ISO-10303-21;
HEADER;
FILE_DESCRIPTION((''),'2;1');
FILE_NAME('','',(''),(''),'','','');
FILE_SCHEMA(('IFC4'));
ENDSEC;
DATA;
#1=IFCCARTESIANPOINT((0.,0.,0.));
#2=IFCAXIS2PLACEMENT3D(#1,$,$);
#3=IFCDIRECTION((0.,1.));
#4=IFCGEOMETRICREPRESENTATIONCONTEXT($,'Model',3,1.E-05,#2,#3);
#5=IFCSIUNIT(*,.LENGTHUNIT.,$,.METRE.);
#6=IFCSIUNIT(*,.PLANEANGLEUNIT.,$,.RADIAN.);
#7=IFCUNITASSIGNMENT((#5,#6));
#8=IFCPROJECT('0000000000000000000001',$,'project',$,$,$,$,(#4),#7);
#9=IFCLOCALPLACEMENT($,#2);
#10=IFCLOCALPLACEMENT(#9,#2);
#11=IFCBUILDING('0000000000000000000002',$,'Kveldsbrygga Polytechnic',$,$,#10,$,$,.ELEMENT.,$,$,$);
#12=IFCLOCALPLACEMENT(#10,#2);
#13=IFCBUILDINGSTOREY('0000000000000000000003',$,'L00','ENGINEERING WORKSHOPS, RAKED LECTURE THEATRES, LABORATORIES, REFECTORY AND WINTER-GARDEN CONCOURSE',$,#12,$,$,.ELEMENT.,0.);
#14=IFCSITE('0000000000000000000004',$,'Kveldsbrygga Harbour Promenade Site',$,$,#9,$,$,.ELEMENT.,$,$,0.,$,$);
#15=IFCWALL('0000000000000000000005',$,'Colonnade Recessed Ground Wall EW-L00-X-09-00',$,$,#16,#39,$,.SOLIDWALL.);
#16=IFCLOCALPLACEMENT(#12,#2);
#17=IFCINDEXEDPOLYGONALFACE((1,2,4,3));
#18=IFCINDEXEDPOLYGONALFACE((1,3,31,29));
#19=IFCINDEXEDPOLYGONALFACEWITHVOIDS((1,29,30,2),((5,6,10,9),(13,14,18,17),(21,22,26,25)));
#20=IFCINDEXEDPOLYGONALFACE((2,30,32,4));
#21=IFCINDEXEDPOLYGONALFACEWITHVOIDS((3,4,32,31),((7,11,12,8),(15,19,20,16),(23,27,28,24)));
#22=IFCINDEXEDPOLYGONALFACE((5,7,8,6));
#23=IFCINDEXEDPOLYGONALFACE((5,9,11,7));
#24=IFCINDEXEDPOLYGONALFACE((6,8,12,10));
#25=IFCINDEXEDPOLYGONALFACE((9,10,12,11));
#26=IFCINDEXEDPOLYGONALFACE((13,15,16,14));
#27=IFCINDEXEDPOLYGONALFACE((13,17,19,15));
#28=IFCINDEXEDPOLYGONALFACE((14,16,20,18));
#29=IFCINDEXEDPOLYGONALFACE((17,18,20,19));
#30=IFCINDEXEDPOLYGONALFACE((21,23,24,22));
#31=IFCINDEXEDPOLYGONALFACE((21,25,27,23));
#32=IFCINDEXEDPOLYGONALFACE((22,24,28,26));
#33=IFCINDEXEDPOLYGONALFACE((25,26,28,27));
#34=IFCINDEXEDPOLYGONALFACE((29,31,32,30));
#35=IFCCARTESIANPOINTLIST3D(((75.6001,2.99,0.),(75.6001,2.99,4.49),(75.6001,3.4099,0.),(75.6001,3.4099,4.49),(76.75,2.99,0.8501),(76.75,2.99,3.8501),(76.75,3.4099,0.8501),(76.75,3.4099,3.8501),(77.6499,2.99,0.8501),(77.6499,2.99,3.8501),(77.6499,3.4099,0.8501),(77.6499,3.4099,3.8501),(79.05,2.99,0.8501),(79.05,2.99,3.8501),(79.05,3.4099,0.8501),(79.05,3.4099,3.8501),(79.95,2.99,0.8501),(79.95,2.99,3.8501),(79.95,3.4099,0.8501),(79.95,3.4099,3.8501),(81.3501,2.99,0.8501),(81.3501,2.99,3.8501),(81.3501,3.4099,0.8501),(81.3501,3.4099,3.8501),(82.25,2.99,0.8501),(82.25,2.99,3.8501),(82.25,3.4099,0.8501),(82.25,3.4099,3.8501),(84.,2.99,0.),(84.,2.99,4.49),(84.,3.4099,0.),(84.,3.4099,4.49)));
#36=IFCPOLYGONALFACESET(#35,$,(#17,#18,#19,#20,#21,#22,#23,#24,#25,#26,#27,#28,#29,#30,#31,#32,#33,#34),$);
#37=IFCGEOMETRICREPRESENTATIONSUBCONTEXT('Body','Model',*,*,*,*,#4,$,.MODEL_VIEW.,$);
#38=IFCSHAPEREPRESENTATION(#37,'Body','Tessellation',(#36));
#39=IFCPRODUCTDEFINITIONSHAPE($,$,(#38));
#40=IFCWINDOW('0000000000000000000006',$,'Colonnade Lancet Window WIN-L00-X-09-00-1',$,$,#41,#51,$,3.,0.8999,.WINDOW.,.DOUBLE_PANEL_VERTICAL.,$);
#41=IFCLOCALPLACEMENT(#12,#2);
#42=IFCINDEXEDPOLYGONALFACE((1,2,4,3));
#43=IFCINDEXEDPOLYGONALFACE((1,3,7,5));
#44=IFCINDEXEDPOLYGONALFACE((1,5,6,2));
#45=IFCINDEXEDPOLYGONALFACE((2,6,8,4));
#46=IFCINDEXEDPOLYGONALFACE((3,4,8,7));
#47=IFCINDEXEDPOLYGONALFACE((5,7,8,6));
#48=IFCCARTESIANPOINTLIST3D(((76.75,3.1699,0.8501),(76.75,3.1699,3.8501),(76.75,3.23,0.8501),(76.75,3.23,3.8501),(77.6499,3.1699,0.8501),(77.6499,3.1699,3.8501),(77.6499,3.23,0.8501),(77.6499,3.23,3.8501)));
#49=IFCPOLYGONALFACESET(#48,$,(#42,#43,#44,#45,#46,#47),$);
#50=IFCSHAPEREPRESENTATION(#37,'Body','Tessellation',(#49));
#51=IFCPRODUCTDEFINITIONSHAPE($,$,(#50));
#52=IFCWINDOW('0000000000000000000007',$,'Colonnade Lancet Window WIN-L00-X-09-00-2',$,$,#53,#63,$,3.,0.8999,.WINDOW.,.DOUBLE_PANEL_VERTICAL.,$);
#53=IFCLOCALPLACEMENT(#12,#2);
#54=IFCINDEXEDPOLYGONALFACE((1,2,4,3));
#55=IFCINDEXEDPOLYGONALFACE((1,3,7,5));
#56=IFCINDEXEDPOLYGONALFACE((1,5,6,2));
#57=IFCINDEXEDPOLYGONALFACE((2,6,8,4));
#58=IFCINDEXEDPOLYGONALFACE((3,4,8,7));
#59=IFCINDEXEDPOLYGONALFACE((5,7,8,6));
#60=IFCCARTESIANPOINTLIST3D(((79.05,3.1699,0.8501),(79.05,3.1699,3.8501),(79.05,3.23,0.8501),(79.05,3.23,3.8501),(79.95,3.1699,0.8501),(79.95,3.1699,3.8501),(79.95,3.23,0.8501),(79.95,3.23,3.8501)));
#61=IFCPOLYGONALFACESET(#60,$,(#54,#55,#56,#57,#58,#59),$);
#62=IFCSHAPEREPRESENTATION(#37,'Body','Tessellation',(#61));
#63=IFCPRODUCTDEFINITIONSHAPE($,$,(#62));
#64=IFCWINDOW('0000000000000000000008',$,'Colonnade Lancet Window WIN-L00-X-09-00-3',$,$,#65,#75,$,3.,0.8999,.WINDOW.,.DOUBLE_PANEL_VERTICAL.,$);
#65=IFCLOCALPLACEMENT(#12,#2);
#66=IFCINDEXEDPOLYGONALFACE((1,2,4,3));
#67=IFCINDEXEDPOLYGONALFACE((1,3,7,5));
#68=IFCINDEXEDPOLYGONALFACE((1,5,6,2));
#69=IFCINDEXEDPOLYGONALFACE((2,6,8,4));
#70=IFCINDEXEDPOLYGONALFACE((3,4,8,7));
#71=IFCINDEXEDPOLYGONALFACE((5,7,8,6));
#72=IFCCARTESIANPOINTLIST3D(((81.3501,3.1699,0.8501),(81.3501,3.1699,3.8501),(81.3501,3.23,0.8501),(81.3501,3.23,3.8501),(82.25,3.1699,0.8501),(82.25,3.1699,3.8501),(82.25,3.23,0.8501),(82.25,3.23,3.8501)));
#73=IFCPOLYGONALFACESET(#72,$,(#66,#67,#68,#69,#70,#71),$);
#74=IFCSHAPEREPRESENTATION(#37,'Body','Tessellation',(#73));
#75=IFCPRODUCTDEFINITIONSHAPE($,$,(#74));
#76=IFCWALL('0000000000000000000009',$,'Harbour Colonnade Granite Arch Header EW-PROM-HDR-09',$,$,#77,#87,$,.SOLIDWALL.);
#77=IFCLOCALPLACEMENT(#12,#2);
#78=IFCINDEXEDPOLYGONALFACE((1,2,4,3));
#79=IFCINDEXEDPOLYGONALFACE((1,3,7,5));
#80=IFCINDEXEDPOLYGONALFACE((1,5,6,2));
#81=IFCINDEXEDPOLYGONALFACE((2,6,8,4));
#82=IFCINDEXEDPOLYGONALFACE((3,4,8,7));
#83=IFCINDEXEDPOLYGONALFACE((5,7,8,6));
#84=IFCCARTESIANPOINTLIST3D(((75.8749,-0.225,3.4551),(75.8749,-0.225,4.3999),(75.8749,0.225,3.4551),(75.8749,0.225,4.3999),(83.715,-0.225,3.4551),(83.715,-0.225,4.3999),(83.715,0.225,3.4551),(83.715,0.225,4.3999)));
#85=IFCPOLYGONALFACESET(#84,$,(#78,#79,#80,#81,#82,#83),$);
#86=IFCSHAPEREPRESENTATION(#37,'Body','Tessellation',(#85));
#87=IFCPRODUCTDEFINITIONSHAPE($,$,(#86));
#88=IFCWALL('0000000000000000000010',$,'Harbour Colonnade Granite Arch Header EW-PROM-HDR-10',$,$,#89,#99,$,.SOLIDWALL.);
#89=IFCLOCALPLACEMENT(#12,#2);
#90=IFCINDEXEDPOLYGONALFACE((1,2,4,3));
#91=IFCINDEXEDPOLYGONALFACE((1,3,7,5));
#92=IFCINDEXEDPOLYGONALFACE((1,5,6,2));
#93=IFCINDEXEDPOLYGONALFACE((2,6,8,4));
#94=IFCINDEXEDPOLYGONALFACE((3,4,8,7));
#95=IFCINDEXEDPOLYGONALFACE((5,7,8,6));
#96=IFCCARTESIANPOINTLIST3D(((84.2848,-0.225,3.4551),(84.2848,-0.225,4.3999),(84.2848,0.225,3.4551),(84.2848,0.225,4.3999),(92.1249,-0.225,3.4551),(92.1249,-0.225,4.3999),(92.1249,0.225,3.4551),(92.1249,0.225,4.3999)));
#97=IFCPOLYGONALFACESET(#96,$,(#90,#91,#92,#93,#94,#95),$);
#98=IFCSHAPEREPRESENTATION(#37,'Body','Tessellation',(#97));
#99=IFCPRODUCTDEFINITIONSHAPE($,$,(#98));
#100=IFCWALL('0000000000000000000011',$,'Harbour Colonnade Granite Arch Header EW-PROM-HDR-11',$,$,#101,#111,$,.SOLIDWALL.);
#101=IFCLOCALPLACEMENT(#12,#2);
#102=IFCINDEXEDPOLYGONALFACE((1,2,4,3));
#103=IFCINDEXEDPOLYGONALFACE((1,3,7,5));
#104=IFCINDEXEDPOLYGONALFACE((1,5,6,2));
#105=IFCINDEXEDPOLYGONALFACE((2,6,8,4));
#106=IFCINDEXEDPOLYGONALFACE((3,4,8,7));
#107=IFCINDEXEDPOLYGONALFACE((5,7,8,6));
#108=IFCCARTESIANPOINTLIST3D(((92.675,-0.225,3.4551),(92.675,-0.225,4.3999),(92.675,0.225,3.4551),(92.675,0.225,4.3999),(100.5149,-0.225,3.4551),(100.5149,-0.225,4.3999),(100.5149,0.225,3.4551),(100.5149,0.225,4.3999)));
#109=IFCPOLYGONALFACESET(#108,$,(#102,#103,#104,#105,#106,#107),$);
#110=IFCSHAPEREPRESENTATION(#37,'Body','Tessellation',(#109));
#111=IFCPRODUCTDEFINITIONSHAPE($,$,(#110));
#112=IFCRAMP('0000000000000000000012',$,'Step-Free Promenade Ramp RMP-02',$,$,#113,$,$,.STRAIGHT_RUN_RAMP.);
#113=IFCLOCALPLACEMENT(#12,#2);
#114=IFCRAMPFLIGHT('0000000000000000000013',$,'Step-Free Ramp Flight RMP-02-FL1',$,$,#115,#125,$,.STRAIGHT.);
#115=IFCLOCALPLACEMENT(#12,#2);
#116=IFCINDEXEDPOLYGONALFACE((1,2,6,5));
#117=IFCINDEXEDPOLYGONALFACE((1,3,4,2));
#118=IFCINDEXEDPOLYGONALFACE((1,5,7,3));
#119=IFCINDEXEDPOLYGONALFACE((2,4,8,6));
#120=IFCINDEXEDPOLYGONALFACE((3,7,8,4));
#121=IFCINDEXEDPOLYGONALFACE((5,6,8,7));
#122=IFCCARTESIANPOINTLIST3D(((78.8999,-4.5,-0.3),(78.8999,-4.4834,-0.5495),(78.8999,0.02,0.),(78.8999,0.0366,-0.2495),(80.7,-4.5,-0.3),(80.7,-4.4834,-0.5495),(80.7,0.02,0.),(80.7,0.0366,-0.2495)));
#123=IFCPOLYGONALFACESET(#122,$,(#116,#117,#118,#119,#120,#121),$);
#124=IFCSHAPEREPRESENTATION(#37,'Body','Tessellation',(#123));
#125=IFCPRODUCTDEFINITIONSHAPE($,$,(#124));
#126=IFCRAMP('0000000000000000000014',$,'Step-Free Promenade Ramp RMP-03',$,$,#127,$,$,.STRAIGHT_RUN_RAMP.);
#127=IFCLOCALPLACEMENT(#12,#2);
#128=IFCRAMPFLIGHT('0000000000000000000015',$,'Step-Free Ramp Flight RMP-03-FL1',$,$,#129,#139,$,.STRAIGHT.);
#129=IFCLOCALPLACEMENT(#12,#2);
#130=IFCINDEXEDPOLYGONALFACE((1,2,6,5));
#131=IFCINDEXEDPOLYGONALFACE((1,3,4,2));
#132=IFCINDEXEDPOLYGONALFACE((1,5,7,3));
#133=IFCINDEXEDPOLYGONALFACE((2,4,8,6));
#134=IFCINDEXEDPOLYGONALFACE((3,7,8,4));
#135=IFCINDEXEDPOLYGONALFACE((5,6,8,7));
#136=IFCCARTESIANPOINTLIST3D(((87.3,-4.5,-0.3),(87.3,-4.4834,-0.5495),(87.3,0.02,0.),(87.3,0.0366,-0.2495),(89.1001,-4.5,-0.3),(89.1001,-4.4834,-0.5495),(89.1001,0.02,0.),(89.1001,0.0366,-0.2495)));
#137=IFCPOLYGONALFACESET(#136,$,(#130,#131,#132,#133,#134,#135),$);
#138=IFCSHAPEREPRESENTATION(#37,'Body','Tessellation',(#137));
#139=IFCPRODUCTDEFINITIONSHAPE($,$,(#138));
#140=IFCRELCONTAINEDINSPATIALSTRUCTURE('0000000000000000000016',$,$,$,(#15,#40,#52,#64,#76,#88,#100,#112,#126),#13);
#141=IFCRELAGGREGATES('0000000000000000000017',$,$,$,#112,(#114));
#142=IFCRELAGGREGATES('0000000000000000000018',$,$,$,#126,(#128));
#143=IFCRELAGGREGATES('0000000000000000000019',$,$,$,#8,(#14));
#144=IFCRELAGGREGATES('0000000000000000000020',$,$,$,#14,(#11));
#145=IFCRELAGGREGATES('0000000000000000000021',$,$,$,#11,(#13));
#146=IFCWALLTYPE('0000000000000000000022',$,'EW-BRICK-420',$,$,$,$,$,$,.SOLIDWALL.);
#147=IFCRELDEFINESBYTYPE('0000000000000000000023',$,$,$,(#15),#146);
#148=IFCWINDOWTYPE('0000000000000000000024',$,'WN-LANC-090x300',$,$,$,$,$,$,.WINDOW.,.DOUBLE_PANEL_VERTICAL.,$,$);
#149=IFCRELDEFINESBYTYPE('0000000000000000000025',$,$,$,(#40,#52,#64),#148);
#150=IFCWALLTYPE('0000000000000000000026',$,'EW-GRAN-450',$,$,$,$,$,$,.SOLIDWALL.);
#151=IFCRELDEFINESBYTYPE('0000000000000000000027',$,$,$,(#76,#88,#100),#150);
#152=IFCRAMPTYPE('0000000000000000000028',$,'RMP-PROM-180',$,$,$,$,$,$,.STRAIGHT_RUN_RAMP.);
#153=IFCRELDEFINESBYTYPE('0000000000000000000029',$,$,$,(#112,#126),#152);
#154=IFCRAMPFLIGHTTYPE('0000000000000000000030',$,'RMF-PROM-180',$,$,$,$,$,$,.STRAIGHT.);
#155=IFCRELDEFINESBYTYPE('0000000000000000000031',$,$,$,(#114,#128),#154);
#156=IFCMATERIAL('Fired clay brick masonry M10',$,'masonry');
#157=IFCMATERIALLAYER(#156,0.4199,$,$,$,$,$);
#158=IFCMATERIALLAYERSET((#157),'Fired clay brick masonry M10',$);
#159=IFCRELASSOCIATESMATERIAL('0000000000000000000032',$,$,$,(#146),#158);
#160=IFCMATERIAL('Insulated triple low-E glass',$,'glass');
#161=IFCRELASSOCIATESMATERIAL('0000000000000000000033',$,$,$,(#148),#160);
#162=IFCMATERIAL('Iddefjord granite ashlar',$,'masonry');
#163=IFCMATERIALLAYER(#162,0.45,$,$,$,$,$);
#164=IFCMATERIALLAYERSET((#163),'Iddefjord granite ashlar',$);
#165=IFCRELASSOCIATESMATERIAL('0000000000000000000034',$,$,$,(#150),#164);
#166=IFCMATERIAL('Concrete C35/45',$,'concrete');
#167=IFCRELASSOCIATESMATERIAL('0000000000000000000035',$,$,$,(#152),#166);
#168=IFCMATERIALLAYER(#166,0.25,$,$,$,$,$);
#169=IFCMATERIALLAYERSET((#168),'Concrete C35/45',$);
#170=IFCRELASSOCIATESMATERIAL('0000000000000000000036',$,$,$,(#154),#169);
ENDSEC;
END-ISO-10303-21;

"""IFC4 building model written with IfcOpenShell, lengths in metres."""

from ifc_helpers import new_model, si_unit, direction, frame, frame_2d, origin, place, context, subcontext, project, spatial, polyline, rectangle, outline, extrude, material, layer, layer_set, type_object, element, fill, aggregate, save


model = new_model("IFC4")

# Units and contexts
model_context = context("Model", 3, precision=1e-05, world=origin(), true_north=direction((0.0, 1.0)))
body_context = subcontext(model_context, "Body", "Model", "MODEL_VIEW")
ifc_project = project(units=[si_unit("LENGTHUNIT", "METRE"), si_unit("PLANEANGLEUNIT", "RADIAN")], contexts=[model_context])

# Site, building, storey
site_placement = place(None, origin())
site = spatial("IfcSite", under=ifc_project, at=site_placement, Name="Kveldsbrygga Harbour Promenade Site", CompositionType="ELEMENT", RefElevation=0.0)
building_placement = place(site_placement, origin())
building = spatial("IfcBuilding", under=site, at=building_placement, Name="Kveldsbrygga Polytechnic", CompositionType="ELEMENT")
storey_placement = place(building_placement, origin())
storey = spatial("IfcBuildingStorey", under=building, at=storey_placement, Name="L00", Description="ENGINEERING WORKSHOPS, RAKED LECTURE THEATRES, LABORATORIES, REFECTORY AND WINTER-GARDEN CONCOURSE", CompositionType="ELEMENT", Elevation=0.0)

# Shared definitions
ifc_material_1 = material(Name="Concrete C35/45", Category="concrete")

# Wall, openings, windows
ifc_material_2 = material(Name="Fired clay brick masonry M10", Category="masonry")
ifc_layer_1 = layer(ifc_material_2, 0.4199)
ifc_layer_set_1 = layer_set([ifc_layer_1], Name="Fired clay brick masonry M10")
wall_type_1 = type_object("IfcWallType", Name="EW-BRICK-420", PredefinedType="SOLIDWALL", material=ifc_layer_set_1)
wall_1_placement = place(storey_placement, frame((75.6001, 3.2, 0.0), z_axis=(0.0, 0.0, 1.0), x_axis=(1.0, 0.0, 0.0)))
wall_1 = element("IfcWall", 1, at=wall_1_placement, inside=storey, type_object=wall_type_1, Name="Colonnade Recessed Ground Wall EW-L00-X-09-00", PredefinedType="SOLIDWALL", context=body_context, shape_type="SweptSolid", body=[
    extrude(rectangle(XDim=8.3999, YDim=0.4199, at=frame_2d((4.2, 0.0))), origin(), (0.0, 0.0, 1.0), 4.49),
])
opening_1_placement = place(wall_1_placement, frame((1.1499, 0.0, 0.8501)))
opening_1 = element("IfcOpeningElement", 2, at=opening_1_placement, cuts=wall_1, PredefinedType="OPENING", context=body_context, shape_type="SweptSolid", body=[
    extrude(rectangle(XDim=0.8999, YDim=3.0, at=frame_2d((0.45, 1.5))), frame((0.0, 0.22, 0.0), z_axis=(0.0, -1.0, 0.0), x_axis=(1.0, 0.0, 0.0)), (0.0, 0.0, 1.0), 0.4399),
])
opening_2_placement = place(wall_1_placement, frame((3.45, 0.0, 0.8501)))
opening_2 = element("IfcOpeningElement", 3, at=opening_2_placement, cuts=wall_1, PredefinedType="OPENING", context=body_context, shape_type="SweptSolid", body=[
    extrude(rectangle(XDim=0.8999, YDim=3.0, at=frame_2d((0.45, 1.5))), frame((0.0, 0.22, 0.0), z_axis=(0.0, -1.0, 0.0), x_axis=(1.0, 0.0, 0.0)), (0.0, 0.0, 1.0), 0.4399),
])
opening_3_placement = place(wall_1_placement, frame((5.75, 0.0, 0.8501)))
opening_3 = element("IfcOpeningElement", 4, at=opening_3_placement, cuts=wall_1, PredefinedType="OPENING", context=body_context, shape_type="SweptSolid", body=[
    extrude(rectangle(XDim=0.8999, YDim=3.0, at=frame_2d((0.45, 1.5))), frame((0.0, 0.22, 0.0), z_axis=(0.0, -1.0, 0.0), x_axis=(1.0, 0.0, 0.0)), (0.0, 0.0, 1.0), 0.4399),
])
ifc_material_3 = material(Name="Insulated triple low-E glass", Category="glass")
window_type = type_object("IfcWindowType", Name="WN-LANC-090x300", PartitioningType="DOUBLE_PANEL_VERTICAL", PredefinedType="WINDOW", material=ifc_material_3)
window_1_placement = place(opening_1_placement, origin())
window_1 = element("IfcWindow", 5, at=window_1_placement, inside=storey, type_object=window_type, Name="Colonnade Lancet Window WIN-L00-X-09-00-1", OverallHeight=3.0, OverallWidth=0.8999, PartitioningType="DOUBLE_PANEL_VERTICAL", PredefinedType="WINDOW", context=body_context, shape_type="SweptSolid", body=[
    extrude(rectangle(XDim=0.8999, YDim=3.0, at=frame_2d((0.45, 1.5))), frame((0.0, 0.03, 0.0), z_axis=(0.0, -1.0, 0.0), x_axis=(1.0, 0.0, 0.0)), (0.0, 0.0, 1.0), 0.0601),
])
fill(opening_1, window_1)
window_2_placement = place(opening_2_placement, origin())
window_2 = element("IfcWindow", 6, at=window_2_placement, inside=storey, type_object=window_type, Name="Colonnade Lancet Window WIN-L00-X-09-00-2", OverallHeight=3.0, OverallWidth=0.8999, PartitioningType="DOUBLE_PANEL_VERTICAL", PredefinedType="WINDOW", context=body_context, shape_type="SweptSolid", body=[
    extrude(rectangle(XDim=0.8999, YDim=3.0, at=frame_2d((0.45, 1.5))), frame((0.0, 0.03, 0.0), z_axis=(0.0, -1.0, 0.0), x_axis=(1.0, 0.0, 0.0)), (0.0, 0.0, 1.0), 0.0601),
])
fill(opening_2, window_2)
window_3_placement = place(opening_3_placement, origin())
window_3 = element("IfcWindow", 7, at=window_3_placement, inside=storey, type_object=window_type, Name="Colonnade Lancet Window WIN-L00-X-09-00-3", OverallHeight=3.0, OverallWidth=0.8999, PartitioningType="DOUBLE_PANEL_VERTICAL", PredefinedType="WINDOW", context=body_context, shape_type="SweptSolid", body=[
    extrude(rectangle(XDim=0.8999, YDim=3.0, at=frame_2d((0.45, 1.5))), frame((0.0, 0.03, 0.0), z_axis=(0.0, -1.0, 0.0), x_axis=(1.0, 0.0, 0.0)), (0.0, 0.0, 1.0), 0.0601),
])
fill(opening_3, window_3)

# Walls
ifc_material_4 = material(Name="Iddefjord granite ashlar", Category="masonry")
ifc_layer_2 = layer(ifc_material_4, 0.45)
ifc_layer_set_2 = layer_set([ifc_layer_2], Name="Iddefjord granite ashlar")
wall_type_2 = type_object("IfcWallType", Name="EW-GRAN-450", PredefinedType="SOLIDWALL", material=ifc_layer_set_2)
for number, where, z_axis, x_axis, name in (
    (8, (75.875, 0.0, 3.4551), (0.0, 0.0, 1.0), (1.0, 0.0, 0.0), "Harbour Colonnade Granite Arch Header EW-PROM-HDR-09"),
    (9, (84.2849, 0.0, 3.4551), (0.0, 0.0, 1.0), (1.0, 0.0, 0.0), "Harbour Colonnade Granite Arch Header EW-PROM-HDR-10"),
):
    element("IfcWall", number, at=place(storey_placement, frame(where, z_axis=z_axis, x_axis=x_axis)), inside=storey, type_object=wall_type_2, Name=name, PredefinedType="SOLIDWALL", context=body_context, shape_type="SweptSolid", body=[
        extrude(rectangle(XDim=7.8401, YDim=0.45, at=frame_2d((3.9199, 0.0))), origin(), (0.0, 0.0, 1.0), 0.9448),
    ])
wall_2_placement = place(storey_placement, frame((92.675, 0.0, 3.4551), z_axis=(0.0, 0.0, 1.0), x_axis=(1.0, 0.0, 0.0)))
element("IfcWall", 10, at=wall_2_placement, inside=storey, type_object=wall_type_2, Name="Harbour Colonnade Granite Arch Header EW-PROM-HDR-11", PredefinedType="SOLIDWALL", context=body_context, shape_type="SweptSolid", body=[
    extrude(rectangle(XDim=7.8398, YDim=0.45, at=frame_2d((3.9199, 0.0))), origin(), (0.0, 0.0, 1.0), 0.9448),
])

# Ramps, ramp flights
ramp_type = type_object("IfcRampType", Name="RMP-PROM-180", PredefinedType="STRAIGHT_RUN_RAMP", material=ifc_material_1)
ramp_1_placement = place(storey_placement, origin())
ramp_1 = element("IfcRamp", 11, at=ramp_1_placement, inside=storey, type_object=ramp_type, Name="Step-Free Promenade Ramp RMP-02", PredefinedType="STRAIGHT_RUN_RAMP")
ifc_layer_3 = layer(ifc_material_1, 0.25)
ifc_layer_set_3 = layer_set([ifc_layer_3], Name="Concrete C35/45")
ramp_flight_type = type_object("IfcRampFlightType", Name="RMF-PROM-180", PredefinedType="STRAIGHT", material=ifc_layer_set_3)
ramp_flight_1_placement = place(storey_placement, frame((78.8999, -4.5, -0.3), z_axis=(0.0, -0.066236, 0.997804), x_axis=(1.0, 0.0, 0.0)))
ramp_flight_1 = element("IfcRampFlight", 12, at=ramp_flight_1_placement, type_object=ramp_flight_type, Name="Step-Free Ramp Flight RMP-02-FL1", PredefinedType="STRAIGHT", context=body_context, shape_type="SweptSolid", body=[
    extrude(outline(polyline([(0.0, 0.0), (1.8, 0.0), (1.8, 4.53), (0.0, 4.53), (0.0, 0.0)])), origin(), (0.0, 0.0, -1.0), 0.25),
])
aggregate(ramp_1, [ramp_flight_1])
ramp_2_placement = place(storey_placement, origin())
ramp_2 = element("IfcRamp", 13, at=ramp_2_placement, inside=storey, type_object=ramp_type, Name="Step-Free Promenade Ramp RMP-03", PredefinedType="STRAIGHT_RUN_RAMP")
ramp_flight_2_placement = place(storey_placement, frame((87.3, -4.5, -0.3), z_axis=(0.0, -0.066236, 0.997804), x_axis=(1.0, 0.0, 0.0)))
ramp_flight_2 = element("IfcRampFlight", 14, at=ramp_flight_2_placement, type_object=ramp_flight_type, Name="Step-Free Ramp Flight RMP-03-FL1", PredefinedType="STRAIGHT", context=body_context, shape_type="SweptSolid", body=[
    extrude(outline(polyline([(0.0, 0.0), (1.8, 0.0), (1.8, 4.53), (0.0, 4.53), (0.0, 0.0)])), origin(), (0.0, 0.0, -1.0), 0.25),
])
aggregate(ramp_2, [ramp_flight_2])

save(model, "model.ifc")
